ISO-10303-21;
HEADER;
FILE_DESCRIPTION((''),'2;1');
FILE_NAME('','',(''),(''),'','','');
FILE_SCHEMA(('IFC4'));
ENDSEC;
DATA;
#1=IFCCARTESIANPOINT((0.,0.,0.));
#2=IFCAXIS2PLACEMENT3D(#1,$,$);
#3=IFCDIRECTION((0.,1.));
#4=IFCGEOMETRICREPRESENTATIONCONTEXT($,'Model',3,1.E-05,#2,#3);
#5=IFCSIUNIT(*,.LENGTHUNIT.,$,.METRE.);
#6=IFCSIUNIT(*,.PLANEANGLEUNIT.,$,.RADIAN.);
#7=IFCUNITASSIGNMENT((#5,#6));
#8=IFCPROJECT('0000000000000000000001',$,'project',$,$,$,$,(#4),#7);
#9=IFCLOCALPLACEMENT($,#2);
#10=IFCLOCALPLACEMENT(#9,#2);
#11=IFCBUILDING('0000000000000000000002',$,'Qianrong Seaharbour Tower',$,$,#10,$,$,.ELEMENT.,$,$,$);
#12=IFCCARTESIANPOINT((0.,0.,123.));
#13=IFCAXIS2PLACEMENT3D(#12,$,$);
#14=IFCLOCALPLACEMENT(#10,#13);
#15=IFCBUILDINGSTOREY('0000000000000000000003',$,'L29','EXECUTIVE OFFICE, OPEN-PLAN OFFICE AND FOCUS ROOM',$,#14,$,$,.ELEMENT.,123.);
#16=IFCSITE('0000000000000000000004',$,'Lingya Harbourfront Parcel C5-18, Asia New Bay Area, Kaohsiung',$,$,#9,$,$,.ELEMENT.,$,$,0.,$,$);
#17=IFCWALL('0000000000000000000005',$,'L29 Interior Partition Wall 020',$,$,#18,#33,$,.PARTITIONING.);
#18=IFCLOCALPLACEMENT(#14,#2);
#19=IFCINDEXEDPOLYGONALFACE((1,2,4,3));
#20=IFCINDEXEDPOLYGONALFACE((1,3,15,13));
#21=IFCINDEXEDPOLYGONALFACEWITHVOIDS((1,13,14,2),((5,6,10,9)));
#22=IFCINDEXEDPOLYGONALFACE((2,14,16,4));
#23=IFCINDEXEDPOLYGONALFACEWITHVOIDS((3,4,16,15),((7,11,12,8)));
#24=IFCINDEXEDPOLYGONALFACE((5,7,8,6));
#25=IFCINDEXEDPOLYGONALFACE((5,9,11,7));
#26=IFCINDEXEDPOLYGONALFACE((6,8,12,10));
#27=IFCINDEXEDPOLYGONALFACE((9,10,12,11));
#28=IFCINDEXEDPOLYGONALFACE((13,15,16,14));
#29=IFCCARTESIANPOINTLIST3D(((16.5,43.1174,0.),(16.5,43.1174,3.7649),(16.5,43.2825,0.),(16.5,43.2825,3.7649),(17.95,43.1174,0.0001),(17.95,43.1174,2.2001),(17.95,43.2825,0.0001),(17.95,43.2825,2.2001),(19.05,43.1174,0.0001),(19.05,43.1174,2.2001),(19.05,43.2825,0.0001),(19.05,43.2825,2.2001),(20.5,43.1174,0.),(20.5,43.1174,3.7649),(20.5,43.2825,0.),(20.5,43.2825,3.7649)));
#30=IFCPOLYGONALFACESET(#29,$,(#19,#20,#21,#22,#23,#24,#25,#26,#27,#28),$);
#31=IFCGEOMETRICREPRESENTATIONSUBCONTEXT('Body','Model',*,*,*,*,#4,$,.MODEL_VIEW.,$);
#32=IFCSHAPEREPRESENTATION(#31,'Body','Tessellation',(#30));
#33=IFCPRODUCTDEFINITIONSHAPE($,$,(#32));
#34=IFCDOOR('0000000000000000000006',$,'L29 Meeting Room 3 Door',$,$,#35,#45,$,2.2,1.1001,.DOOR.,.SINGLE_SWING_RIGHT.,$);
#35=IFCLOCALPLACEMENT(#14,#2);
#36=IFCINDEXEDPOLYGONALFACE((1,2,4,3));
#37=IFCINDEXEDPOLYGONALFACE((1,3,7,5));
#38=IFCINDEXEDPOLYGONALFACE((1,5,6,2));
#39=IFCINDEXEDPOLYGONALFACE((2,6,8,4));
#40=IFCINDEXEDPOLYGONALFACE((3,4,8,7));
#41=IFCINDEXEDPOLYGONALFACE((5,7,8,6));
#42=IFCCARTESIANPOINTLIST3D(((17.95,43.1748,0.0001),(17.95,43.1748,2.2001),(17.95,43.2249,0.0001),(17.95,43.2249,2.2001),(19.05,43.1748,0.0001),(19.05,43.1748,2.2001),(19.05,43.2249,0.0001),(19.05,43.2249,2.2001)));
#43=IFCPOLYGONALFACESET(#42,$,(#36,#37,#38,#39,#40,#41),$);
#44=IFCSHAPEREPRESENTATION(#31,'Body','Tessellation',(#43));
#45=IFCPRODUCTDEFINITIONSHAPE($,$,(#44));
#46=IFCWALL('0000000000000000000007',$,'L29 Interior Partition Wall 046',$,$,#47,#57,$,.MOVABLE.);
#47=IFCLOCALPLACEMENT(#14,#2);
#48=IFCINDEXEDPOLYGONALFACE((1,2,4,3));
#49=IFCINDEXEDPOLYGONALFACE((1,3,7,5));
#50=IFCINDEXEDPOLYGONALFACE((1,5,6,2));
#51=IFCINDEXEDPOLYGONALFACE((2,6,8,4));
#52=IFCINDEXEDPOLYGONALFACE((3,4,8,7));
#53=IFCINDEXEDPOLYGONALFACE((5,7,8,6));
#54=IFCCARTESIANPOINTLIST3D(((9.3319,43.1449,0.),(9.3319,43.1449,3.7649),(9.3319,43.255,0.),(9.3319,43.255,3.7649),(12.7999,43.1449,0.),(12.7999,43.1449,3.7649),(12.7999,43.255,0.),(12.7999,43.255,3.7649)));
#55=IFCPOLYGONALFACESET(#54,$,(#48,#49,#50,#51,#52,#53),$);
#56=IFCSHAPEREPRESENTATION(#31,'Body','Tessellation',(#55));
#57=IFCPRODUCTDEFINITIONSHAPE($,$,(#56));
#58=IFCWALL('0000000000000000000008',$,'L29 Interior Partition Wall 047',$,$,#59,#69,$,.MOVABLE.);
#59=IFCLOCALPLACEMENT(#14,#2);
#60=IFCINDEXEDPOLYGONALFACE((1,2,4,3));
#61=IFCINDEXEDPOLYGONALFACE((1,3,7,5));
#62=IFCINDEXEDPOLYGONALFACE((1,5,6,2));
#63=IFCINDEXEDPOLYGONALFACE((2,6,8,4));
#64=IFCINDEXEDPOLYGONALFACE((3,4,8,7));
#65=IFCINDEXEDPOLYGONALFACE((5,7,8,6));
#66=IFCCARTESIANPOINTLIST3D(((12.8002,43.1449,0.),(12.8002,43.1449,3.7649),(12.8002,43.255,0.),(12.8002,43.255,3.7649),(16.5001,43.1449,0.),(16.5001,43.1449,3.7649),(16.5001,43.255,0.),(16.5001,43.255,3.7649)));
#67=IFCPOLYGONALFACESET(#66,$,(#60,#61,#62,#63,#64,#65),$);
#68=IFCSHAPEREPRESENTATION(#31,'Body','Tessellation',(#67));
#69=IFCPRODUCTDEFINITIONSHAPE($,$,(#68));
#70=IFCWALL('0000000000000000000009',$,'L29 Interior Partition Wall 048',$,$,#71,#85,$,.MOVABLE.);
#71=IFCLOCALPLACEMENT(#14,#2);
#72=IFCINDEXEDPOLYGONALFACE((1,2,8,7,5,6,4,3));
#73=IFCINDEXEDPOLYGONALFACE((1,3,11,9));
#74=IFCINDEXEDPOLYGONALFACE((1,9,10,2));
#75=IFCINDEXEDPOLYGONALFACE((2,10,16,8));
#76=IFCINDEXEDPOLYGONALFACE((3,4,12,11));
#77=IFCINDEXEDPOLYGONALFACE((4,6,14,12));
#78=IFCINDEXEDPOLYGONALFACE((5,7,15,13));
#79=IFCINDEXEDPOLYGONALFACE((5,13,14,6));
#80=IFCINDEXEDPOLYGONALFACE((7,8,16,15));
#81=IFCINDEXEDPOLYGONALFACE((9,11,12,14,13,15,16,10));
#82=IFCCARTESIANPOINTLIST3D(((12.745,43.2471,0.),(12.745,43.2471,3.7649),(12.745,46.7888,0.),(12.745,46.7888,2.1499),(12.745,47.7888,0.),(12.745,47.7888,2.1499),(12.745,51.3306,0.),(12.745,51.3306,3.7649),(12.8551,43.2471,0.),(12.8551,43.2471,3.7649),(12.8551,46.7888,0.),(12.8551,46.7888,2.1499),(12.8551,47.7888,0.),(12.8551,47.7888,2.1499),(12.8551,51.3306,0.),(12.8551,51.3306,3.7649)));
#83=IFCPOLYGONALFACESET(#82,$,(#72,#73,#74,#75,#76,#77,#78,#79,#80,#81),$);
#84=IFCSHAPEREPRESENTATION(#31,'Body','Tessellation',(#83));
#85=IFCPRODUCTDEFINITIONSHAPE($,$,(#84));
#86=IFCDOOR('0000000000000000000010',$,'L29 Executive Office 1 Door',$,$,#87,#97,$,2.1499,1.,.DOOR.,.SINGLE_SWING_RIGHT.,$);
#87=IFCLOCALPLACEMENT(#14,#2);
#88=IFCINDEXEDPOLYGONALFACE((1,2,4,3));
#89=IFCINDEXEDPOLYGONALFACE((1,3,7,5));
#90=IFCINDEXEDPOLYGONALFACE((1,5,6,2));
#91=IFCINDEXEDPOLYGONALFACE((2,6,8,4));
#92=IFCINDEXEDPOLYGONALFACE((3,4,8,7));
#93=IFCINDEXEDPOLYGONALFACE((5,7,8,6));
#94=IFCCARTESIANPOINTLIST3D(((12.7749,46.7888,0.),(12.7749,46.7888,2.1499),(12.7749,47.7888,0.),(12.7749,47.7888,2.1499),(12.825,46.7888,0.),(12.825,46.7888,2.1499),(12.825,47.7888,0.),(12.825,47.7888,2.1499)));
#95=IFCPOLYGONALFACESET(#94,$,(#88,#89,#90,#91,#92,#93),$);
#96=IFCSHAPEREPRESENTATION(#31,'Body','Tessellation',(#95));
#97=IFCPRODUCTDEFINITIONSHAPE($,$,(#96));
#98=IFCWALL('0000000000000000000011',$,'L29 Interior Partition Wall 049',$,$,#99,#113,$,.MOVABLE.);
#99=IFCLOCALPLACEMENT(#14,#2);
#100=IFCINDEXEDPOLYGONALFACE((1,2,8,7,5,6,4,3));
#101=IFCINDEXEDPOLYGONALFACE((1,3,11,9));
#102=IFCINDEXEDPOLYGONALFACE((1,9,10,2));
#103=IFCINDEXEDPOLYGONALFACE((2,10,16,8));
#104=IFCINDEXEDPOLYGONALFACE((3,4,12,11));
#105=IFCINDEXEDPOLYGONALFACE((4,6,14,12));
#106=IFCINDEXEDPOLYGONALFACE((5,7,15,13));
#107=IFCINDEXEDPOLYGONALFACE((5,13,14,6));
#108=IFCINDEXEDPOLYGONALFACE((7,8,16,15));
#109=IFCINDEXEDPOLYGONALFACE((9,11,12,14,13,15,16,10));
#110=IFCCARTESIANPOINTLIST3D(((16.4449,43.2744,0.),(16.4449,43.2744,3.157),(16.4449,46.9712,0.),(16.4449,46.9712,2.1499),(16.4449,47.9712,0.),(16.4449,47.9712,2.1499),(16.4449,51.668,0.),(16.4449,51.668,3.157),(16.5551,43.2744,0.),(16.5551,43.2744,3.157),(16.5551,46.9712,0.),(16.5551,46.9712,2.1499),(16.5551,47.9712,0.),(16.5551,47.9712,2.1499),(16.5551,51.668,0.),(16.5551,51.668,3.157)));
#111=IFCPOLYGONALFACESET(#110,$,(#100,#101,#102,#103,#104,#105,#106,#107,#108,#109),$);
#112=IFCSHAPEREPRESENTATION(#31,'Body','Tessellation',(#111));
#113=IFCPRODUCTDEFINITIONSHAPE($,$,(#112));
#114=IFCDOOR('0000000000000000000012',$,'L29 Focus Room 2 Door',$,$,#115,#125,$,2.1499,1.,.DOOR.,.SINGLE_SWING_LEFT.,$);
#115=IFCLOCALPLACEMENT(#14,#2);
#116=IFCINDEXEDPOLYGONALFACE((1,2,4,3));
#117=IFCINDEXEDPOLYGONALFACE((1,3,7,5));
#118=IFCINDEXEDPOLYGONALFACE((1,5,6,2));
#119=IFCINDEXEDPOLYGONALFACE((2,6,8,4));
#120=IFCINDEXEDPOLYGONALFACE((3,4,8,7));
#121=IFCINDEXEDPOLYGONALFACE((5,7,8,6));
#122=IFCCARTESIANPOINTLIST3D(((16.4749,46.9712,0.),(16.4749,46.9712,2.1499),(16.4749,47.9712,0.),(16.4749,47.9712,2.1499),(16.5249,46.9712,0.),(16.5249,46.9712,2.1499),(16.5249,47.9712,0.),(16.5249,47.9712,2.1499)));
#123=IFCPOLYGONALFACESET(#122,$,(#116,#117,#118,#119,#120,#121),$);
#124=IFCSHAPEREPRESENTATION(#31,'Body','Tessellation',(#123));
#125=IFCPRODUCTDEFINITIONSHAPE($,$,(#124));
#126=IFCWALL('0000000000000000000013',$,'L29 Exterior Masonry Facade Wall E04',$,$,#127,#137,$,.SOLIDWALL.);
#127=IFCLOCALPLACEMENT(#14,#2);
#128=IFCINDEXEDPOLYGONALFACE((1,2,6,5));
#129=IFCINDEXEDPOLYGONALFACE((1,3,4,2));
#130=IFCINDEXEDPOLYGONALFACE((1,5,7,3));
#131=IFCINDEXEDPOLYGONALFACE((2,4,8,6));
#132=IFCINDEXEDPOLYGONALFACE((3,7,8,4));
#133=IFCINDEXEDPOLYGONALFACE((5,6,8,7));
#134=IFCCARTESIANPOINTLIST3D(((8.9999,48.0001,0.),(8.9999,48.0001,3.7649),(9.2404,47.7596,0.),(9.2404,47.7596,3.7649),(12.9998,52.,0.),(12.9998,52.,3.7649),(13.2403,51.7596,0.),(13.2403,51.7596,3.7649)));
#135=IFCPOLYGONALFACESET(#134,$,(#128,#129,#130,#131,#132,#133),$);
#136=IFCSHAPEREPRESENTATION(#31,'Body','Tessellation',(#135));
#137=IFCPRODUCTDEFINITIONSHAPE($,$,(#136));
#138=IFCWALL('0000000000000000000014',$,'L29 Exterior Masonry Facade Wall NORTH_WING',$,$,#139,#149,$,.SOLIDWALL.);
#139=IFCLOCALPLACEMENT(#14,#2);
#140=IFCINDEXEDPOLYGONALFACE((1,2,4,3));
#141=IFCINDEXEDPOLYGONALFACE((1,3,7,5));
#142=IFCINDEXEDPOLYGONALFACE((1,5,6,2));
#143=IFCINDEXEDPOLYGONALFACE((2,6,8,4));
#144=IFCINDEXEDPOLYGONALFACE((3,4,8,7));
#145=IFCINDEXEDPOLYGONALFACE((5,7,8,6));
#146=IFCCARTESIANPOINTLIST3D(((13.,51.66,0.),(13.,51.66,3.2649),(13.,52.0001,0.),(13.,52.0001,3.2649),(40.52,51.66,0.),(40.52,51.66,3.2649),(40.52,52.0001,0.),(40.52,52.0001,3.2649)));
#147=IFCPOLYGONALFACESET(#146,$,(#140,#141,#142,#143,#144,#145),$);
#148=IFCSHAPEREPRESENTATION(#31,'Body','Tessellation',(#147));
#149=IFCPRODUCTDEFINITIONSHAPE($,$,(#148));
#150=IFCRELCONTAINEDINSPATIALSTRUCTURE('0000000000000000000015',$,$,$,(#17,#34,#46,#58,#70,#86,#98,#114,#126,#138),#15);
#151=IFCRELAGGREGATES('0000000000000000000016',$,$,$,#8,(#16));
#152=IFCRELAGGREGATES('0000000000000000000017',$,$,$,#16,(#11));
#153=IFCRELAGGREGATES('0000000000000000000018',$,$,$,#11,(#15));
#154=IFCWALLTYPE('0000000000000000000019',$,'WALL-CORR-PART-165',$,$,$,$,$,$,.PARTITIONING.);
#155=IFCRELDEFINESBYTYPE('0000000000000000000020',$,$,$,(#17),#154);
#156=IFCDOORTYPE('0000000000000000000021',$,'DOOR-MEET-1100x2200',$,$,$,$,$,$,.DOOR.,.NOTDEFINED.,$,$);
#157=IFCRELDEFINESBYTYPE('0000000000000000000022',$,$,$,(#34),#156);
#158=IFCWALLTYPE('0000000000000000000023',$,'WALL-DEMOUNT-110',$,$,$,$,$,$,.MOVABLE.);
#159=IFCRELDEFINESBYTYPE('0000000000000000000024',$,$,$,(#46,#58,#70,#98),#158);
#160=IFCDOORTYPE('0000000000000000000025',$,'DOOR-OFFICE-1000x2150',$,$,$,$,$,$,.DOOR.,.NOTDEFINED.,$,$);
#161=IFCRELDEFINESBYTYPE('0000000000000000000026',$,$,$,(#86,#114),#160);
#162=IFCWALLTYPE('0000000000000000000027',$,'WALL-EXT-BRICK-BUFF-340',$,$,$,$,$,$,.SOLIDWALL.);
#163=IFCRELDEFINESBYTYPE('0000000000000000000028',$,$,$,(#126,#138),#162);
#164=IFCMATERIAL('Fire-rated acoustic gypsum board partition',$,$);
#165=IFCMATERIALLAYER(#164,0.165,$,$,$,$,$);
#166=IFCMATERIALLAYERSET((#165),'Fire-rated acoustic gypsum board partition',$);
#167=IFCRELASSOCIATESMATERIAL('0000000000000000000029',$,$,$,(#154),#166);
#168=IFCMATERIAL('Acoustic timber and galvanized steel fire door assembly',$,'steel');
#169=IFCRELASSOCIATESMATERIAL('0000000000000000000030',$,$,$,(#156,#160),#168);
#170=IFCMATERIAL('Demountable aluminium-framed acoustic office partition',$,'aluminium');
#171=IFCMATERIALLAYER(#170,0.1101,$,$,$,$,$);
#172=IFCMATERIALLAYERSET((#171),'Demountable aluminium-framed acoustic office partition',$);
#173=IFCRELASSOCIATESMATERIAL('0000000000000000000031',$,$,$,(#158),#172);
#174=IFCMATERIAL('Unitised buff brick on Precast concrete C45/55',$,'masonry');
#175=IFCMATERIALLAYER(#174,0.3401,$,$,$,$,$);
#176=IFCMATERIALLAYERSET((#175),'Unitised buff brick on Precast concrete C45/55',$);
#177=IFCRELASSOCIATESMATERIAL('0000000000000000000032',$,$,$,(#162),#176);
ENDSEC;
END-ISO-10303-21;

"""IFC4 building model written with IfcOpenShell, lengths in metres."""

from ifc_helpers import new_model, si_unit, direction, frame, frame_2d, origin, place, context, subcontext, project, spatial, rectangle, extrude, material, layer, layer_set, type_object, element, fill, save


model = new_model("IFC4")

# Units and contexts
model_context = context("Model", 3, precision=1e-05, world=origin(), true_north=direction((0.0, 1.0)))
body_context = subcontext(model_context, "Body", "Model", "MODEL_VIEW")
ifc_project = project(units=[si_unit("LENGTHUNIT", "METRE"), si_unit("PLANEANGLEUNIT", "RADIAN")], contexts=[model_context])

# Site, building, storey
site_placement = place(None, origin())
site = spatial("IfcSite", under=ifc_project, at=site_placement, Name="Lingya Harbourfront Parcel C5-18, Asia New Bay Area, Kaohsiung", CompositionType="ELEMENT", RefElevation=0.0)
building_placement = place(site_placement, origin())
building = spatial("IfcBuilding", under=site, at=building_placement, Name="Qianrong Seaharbour Tower", CompositionType="ELEMENT")
storey_placement = place(building_placement, frame((0.0, 0.0, 123.0)))
storey = spatial("IfcBuildingStorey", under=building, at=storey_placement, Name="L29", Description="EXECUTIVE OFFICE, OPEN-PLAN OFFICE AND FOCUS ROOM", CompositionType="ELEMENT", Elevation=123.0)

# Shared definitions
ifc_material_1 = material(Name="Fire-rated acoustic gypsum board partition")
ifc_layer_1 = layer(ifc_material_1, 0.165)
ifc_layer_set_1 = layer_set([ifc_layer_1], Name="Fire-rated acoustic gypsum board partition")
wall_type_1 = type_object("IfcWallType", Name="WALL-CORR-PART-165", PredefinedType="PARTITIONING", material=ifc_layer_set_1)

# Wall, opening, door
wall_1_placement = place(storey_placement, frame((16.5, 43.2, 0.0), z_axis=(0.0, 0.0, 1.0), x_axis=(1.0, 0.0, 0.0)))
wall_1 = element("IfcWall", 1, at=wall_1_placement, inside=storey, type_object=wall_type_1, Name="L29 Interior Partition Wall 020", PredefinedType="PARTITIONING", context=body_context, shape_type="SweptSolid", body=[
    extrude(rectangle(XDim=4.0, YDim=0.165, at=frame_2d((2.0, 0.0))), origin(), (0.0, 0.0, 1.0), 3.7649),
])
opening_1_placement = place(wall_1_placement, frame((1.45, 0.0, 0.0)))
opening_1 = element("IfcOpeningElement", 2, at=opening_1_placement, cuts=wall_1, PredefinedType="OPENING", context=body_context, shape_type="SweptSolid", body=[
    extrude(rectangle(XDim=1.1001, YDim=2.2, at=frame_2d((0.55, 1.1001))), frame((0.0, 0.0925, 0.0), z_axis=(0.0, -1.0, 0.0), x_axis=(1.0, 0.0, 0.0)), (0.0, 0.0, 1.0), 0.1851),
])
ifc_material_2 = material(Name="Acoustic timber and galvanized steel fire door assembly", Category="steel")
door_type_1 = type_object("IfcDoorType", Name="DOOR-MEET-1100x2200", OperationType="NOTDEFINED", PredefinedType="DOOR", material=ifc_material_2)
door_1_placement = place(opening_1_placement, origin())
door_1 = element("IfcDoor", 3, at=door_1_placement, inside=storey, type_object=door_type_1, Name="L29 Meeting Room 3 Door", OperationType="SINGLE_SWING_RIGHT", OverallHeight=2.2, OverallWidth=1.1001, PredefinedType="DOOR", context=body_context, shape_type="SweptSolid", body=[
    extrude(rectangle(XDim=1.1001, YDim=2.2, at=frame_2d((0.55, 1.1001))), frame((0.0, 0.0249, 0.0), z_axis=(0.0, -1.0, 0.0), x_axis=(1.0, 0.0, 0.0)), (0.0, 0.0, 1.0), 0.05),
])
fill(opening_1, door_1)

# Walls
ifc_material_3 = material(Name="Demountable aluminium-framed acoustic office partition", Category="aluminium")
ifc_layer_2 = layer(ifc_material_3, 0.1101)
ifc_layer_set_2 = layer_set([ifc_layer_2], Name="Demountable aluminium-framed acoustic office partition")
wall_type_2 = type_object("IfcWallType", Name="WALL-DEMOUNT-110", PredefinedType="MOVABLE", material=ifc_layer_set_2)
wall_2_placement = place(storey_placement, frame((9.332, 43.2, 0.0), z_axis=(0.0, 0.0, 1.0), x_axis=(1.0, 0.0, 0.0)))
element("IfcWall", 4, at=wall_2_placement, inside=storey, type_object=wall_type_2, Name="L29 Interior Partition Wall 046", PredefinedType="MOVABLE", context=body_context, shape_type="SweptSolid", body=[
    extrude(rectangle(XDim=3.468, YDim=0.1101, at=frame_2d((1.7339, 0.0))), origin(), (0.0, 0.0, 1.0), 3.7649),
])
wall_3_placement = place(storey_placement, frame((12.8, 43.2, 0.0), z_axis=(0.0, 0.0, 1.0), x_axis=(1.0, 0.0, 0.0)))
element("IfcWall", 5, at=wall_3_placement, inside=storey, type_object=wall_type_2, Name="L29 Interior Partition Wall 047", PredefinedType="MOVABLE", context=body_context, shape_type="SweptSolid", body=[
    extrude(rectangle(XDim=3.7, YDim=0.1101, at=frame_2d((1.8501, 0.0))), origin(), (0.0, 0.0, 1.0), 3.7649),
])

# Walls, openings, doors
wall_4_placement = place(storey_placement, frame((12.8, 51.3306, 0.0), z_axis=(0.0, 0.0, 1.0), x_axis=(0.0, -1.0, 0.0)))
wall_4 = element("IfcWall", 6, at=wall_4_placement, inside=storey, type_object=wall_type_2, Name="L29 Interior Partition Wall 048", PredefinedType="MOVABLE", context=body_context, shape_type="SweptSolid", body=[
    extrude(rectangle(XDim=8.0835, YDim=0.1101, at=frame_2d((4.0417, 0.0))), origin(), (0.0, 0.0, 1.0), 3.7649),
])
opening_2_placement = place(wall_4_placement, frame((3.5417, 0.0, 0.0)))
opening_2 = element("IfcOpeningElement", 7, at=opening_2_placement, cuts=wall_4, PredefinedType="OPENING", context=body_context, shape_type="SweptSolid", body=[
    extrude(rectangle(XDim=1.0, YDim=2.1499, at=frame_2d((0.5, 1.075))), frame((0.0, 0.0649, 0.0), z_axis=(0.0, -1.0, 0.0), x_axis=(1.0, 0.0, 0.0)), (0.0, 0.0, 1.0), 0.1301),
])
door_type_2 = type_object("IfcDoorType", Name="DOOR-OFFICE-1000x2150", OperationType="NOTDEFINED", PredefinedType="DOOR", material=ifc_material_2)
door_2_placement = place(opening_2_placement, origin())
door_2 = element("IfcDoor", 8, at=door_2_placement, inside=storey, type_object=door_type_2, Name="L29 Executive Office 1 Door", OperationType="SINGLE_SWING_RIGHT", OverallHeight=2.1499, OverallWidth=1.0, PredefinedType="DOOR", context=body_context, shape_type="SweptSolid", body=[
    extrude(rectangle(XDim=1.0, YDim=2.1499, at=frame_2d((0.5, 1.075))), frame((0.0, 0.0249, 0.0), z_axis=(0.0, -1.0, 0.0), x_axis=(1.0, 0.0, 0.0)), (0.0, 0.0, 1.0), 0.05),
])
fill(opening_2, door_2)
wall_5_placement = place(storey_placement, frame((16.5, 51.668, 0.0), z_axis=(0.0, 0.0, 1.0), x_axis=(0.0, -1.0, 0.0)))
wall_5 = element("IfcWall", 9, at=wall_5_placement, inside=storey, type_object=wall_type_2, Name="L29 Interior Partition Wall 049", PredefinedType="MOVABLE", context=body_context, shape_type="SweptSolid", body=[
    extrude(rectangle(XDim=8.3936, YDim=0.1101, at=frame_2d((4.1968, 0.0))), origin(), (0.0, 0.0, 1.0), 3.157),
])
opening_3_placement = place(wall_5_placement, frame((3.6968, 0.0, 0.0)))
opening_3 = element("IfcOpeningElement", 10, at=opening_3_placement, cuts=wall_5, PredefinedType="OPENING", context=body_context, shape_type="SweptSolid", body=[
    extrude(rectangle(XDim=1.0, YDim=2.1499, at=frame_2d((0.5, 1.075))), frame((0.0, 0.0649, 0.0), z_axis=(0.0, -1.0, 0.0), x_axis=(1.0, 0.0, 0.0)), (0.0, 0.0, 1.0), 0.1301),
])
door_3_placement = place(opening_3_placement, origin())
door_3 = element("IfcDoor", 11, at=door_3_placement, inside=storey, type_object=door_type_2, Name="L29 Focus Room 2 Door", OperationType="SINGLE_SWING_LEFT", OverallHeight=2.1499, OverallWidth=1.0, PredefinedType="DOOR", context=body_context, shape_type="SweptSolid", body=[
    extrude(rectangle(XDim=1.0, YDim=2.1499, at=frame_2d((0.5, 1.075))), frame((0.0, 0.0249, 0.0), z_axis=(0.0, -1.0, 0.0), x_axis=(1.0, 0.0, 0.0)), (0.0, 0.0, 1.0), 0.05),
])
fill(opening_3, door_3)

# Walls
ifc_material_4 = material(Name="Unitised buff brick on Precast concrete C45/55", Category="masonry")
ifc_layer_3 = layer(ifc_material_4, 0.3401)
ifc_layer_set_3 = layer_set([ifc_layer_3], Name="Unitised buff brick on Precast concrete C45/55")
wall_type_3 = type_object("IfcWallType", Name="WALL-EXT-BRICK-BUFF-340", PredefinedType="SOLIDWALL", material=ifc_layer_set_3)
wall_6_placement = place(storey_placement, frame((9.1201, 47.8799, 0.0), z_axis=(0.0, 0.0, 1.0), x_axis=(0.707107, 0.707107, 0.0)))
element("IfcWall", 12, at=wall_6_placement, inside=storey, type_object=wall_type_3, Name="L29 Exterior Masonry Facade Wall E04", PredefinedType="SOLIDWALL", context=body_context, shape_type="SweptSolid", body=[
    extrude(rectangle(XDim=5.6567, YDim=0.3401, at=frame_2d((2.8284, 0.0))), origin(), (0.0, 0.0, 1.0), 3.7649),
])
wall_7_placement = place(storey_placement, frame((13.0, 51.8301, 0.0), z_axis=(0.0, 0.0, 1.0), x_axis=(1.0, 0.0, 0.0)))
element("IfcWall", 13, at=wall_7_placement, inside=storey, type_object=wall_type_3, Name="L29 Exterior Masonry Facade Wall NORTH_WING", PredefinedType="SOLIDWALL", context=body_context, shape_type="SweptSolid", body=[
    extrude(rectangle(XDim=27.52, YDim=0.3401, at=frame_2d((13.76, 0.0))), origin(), (0.0, 0.0, 1.0), 3.2649),
])

save(model, "model.ifc")
